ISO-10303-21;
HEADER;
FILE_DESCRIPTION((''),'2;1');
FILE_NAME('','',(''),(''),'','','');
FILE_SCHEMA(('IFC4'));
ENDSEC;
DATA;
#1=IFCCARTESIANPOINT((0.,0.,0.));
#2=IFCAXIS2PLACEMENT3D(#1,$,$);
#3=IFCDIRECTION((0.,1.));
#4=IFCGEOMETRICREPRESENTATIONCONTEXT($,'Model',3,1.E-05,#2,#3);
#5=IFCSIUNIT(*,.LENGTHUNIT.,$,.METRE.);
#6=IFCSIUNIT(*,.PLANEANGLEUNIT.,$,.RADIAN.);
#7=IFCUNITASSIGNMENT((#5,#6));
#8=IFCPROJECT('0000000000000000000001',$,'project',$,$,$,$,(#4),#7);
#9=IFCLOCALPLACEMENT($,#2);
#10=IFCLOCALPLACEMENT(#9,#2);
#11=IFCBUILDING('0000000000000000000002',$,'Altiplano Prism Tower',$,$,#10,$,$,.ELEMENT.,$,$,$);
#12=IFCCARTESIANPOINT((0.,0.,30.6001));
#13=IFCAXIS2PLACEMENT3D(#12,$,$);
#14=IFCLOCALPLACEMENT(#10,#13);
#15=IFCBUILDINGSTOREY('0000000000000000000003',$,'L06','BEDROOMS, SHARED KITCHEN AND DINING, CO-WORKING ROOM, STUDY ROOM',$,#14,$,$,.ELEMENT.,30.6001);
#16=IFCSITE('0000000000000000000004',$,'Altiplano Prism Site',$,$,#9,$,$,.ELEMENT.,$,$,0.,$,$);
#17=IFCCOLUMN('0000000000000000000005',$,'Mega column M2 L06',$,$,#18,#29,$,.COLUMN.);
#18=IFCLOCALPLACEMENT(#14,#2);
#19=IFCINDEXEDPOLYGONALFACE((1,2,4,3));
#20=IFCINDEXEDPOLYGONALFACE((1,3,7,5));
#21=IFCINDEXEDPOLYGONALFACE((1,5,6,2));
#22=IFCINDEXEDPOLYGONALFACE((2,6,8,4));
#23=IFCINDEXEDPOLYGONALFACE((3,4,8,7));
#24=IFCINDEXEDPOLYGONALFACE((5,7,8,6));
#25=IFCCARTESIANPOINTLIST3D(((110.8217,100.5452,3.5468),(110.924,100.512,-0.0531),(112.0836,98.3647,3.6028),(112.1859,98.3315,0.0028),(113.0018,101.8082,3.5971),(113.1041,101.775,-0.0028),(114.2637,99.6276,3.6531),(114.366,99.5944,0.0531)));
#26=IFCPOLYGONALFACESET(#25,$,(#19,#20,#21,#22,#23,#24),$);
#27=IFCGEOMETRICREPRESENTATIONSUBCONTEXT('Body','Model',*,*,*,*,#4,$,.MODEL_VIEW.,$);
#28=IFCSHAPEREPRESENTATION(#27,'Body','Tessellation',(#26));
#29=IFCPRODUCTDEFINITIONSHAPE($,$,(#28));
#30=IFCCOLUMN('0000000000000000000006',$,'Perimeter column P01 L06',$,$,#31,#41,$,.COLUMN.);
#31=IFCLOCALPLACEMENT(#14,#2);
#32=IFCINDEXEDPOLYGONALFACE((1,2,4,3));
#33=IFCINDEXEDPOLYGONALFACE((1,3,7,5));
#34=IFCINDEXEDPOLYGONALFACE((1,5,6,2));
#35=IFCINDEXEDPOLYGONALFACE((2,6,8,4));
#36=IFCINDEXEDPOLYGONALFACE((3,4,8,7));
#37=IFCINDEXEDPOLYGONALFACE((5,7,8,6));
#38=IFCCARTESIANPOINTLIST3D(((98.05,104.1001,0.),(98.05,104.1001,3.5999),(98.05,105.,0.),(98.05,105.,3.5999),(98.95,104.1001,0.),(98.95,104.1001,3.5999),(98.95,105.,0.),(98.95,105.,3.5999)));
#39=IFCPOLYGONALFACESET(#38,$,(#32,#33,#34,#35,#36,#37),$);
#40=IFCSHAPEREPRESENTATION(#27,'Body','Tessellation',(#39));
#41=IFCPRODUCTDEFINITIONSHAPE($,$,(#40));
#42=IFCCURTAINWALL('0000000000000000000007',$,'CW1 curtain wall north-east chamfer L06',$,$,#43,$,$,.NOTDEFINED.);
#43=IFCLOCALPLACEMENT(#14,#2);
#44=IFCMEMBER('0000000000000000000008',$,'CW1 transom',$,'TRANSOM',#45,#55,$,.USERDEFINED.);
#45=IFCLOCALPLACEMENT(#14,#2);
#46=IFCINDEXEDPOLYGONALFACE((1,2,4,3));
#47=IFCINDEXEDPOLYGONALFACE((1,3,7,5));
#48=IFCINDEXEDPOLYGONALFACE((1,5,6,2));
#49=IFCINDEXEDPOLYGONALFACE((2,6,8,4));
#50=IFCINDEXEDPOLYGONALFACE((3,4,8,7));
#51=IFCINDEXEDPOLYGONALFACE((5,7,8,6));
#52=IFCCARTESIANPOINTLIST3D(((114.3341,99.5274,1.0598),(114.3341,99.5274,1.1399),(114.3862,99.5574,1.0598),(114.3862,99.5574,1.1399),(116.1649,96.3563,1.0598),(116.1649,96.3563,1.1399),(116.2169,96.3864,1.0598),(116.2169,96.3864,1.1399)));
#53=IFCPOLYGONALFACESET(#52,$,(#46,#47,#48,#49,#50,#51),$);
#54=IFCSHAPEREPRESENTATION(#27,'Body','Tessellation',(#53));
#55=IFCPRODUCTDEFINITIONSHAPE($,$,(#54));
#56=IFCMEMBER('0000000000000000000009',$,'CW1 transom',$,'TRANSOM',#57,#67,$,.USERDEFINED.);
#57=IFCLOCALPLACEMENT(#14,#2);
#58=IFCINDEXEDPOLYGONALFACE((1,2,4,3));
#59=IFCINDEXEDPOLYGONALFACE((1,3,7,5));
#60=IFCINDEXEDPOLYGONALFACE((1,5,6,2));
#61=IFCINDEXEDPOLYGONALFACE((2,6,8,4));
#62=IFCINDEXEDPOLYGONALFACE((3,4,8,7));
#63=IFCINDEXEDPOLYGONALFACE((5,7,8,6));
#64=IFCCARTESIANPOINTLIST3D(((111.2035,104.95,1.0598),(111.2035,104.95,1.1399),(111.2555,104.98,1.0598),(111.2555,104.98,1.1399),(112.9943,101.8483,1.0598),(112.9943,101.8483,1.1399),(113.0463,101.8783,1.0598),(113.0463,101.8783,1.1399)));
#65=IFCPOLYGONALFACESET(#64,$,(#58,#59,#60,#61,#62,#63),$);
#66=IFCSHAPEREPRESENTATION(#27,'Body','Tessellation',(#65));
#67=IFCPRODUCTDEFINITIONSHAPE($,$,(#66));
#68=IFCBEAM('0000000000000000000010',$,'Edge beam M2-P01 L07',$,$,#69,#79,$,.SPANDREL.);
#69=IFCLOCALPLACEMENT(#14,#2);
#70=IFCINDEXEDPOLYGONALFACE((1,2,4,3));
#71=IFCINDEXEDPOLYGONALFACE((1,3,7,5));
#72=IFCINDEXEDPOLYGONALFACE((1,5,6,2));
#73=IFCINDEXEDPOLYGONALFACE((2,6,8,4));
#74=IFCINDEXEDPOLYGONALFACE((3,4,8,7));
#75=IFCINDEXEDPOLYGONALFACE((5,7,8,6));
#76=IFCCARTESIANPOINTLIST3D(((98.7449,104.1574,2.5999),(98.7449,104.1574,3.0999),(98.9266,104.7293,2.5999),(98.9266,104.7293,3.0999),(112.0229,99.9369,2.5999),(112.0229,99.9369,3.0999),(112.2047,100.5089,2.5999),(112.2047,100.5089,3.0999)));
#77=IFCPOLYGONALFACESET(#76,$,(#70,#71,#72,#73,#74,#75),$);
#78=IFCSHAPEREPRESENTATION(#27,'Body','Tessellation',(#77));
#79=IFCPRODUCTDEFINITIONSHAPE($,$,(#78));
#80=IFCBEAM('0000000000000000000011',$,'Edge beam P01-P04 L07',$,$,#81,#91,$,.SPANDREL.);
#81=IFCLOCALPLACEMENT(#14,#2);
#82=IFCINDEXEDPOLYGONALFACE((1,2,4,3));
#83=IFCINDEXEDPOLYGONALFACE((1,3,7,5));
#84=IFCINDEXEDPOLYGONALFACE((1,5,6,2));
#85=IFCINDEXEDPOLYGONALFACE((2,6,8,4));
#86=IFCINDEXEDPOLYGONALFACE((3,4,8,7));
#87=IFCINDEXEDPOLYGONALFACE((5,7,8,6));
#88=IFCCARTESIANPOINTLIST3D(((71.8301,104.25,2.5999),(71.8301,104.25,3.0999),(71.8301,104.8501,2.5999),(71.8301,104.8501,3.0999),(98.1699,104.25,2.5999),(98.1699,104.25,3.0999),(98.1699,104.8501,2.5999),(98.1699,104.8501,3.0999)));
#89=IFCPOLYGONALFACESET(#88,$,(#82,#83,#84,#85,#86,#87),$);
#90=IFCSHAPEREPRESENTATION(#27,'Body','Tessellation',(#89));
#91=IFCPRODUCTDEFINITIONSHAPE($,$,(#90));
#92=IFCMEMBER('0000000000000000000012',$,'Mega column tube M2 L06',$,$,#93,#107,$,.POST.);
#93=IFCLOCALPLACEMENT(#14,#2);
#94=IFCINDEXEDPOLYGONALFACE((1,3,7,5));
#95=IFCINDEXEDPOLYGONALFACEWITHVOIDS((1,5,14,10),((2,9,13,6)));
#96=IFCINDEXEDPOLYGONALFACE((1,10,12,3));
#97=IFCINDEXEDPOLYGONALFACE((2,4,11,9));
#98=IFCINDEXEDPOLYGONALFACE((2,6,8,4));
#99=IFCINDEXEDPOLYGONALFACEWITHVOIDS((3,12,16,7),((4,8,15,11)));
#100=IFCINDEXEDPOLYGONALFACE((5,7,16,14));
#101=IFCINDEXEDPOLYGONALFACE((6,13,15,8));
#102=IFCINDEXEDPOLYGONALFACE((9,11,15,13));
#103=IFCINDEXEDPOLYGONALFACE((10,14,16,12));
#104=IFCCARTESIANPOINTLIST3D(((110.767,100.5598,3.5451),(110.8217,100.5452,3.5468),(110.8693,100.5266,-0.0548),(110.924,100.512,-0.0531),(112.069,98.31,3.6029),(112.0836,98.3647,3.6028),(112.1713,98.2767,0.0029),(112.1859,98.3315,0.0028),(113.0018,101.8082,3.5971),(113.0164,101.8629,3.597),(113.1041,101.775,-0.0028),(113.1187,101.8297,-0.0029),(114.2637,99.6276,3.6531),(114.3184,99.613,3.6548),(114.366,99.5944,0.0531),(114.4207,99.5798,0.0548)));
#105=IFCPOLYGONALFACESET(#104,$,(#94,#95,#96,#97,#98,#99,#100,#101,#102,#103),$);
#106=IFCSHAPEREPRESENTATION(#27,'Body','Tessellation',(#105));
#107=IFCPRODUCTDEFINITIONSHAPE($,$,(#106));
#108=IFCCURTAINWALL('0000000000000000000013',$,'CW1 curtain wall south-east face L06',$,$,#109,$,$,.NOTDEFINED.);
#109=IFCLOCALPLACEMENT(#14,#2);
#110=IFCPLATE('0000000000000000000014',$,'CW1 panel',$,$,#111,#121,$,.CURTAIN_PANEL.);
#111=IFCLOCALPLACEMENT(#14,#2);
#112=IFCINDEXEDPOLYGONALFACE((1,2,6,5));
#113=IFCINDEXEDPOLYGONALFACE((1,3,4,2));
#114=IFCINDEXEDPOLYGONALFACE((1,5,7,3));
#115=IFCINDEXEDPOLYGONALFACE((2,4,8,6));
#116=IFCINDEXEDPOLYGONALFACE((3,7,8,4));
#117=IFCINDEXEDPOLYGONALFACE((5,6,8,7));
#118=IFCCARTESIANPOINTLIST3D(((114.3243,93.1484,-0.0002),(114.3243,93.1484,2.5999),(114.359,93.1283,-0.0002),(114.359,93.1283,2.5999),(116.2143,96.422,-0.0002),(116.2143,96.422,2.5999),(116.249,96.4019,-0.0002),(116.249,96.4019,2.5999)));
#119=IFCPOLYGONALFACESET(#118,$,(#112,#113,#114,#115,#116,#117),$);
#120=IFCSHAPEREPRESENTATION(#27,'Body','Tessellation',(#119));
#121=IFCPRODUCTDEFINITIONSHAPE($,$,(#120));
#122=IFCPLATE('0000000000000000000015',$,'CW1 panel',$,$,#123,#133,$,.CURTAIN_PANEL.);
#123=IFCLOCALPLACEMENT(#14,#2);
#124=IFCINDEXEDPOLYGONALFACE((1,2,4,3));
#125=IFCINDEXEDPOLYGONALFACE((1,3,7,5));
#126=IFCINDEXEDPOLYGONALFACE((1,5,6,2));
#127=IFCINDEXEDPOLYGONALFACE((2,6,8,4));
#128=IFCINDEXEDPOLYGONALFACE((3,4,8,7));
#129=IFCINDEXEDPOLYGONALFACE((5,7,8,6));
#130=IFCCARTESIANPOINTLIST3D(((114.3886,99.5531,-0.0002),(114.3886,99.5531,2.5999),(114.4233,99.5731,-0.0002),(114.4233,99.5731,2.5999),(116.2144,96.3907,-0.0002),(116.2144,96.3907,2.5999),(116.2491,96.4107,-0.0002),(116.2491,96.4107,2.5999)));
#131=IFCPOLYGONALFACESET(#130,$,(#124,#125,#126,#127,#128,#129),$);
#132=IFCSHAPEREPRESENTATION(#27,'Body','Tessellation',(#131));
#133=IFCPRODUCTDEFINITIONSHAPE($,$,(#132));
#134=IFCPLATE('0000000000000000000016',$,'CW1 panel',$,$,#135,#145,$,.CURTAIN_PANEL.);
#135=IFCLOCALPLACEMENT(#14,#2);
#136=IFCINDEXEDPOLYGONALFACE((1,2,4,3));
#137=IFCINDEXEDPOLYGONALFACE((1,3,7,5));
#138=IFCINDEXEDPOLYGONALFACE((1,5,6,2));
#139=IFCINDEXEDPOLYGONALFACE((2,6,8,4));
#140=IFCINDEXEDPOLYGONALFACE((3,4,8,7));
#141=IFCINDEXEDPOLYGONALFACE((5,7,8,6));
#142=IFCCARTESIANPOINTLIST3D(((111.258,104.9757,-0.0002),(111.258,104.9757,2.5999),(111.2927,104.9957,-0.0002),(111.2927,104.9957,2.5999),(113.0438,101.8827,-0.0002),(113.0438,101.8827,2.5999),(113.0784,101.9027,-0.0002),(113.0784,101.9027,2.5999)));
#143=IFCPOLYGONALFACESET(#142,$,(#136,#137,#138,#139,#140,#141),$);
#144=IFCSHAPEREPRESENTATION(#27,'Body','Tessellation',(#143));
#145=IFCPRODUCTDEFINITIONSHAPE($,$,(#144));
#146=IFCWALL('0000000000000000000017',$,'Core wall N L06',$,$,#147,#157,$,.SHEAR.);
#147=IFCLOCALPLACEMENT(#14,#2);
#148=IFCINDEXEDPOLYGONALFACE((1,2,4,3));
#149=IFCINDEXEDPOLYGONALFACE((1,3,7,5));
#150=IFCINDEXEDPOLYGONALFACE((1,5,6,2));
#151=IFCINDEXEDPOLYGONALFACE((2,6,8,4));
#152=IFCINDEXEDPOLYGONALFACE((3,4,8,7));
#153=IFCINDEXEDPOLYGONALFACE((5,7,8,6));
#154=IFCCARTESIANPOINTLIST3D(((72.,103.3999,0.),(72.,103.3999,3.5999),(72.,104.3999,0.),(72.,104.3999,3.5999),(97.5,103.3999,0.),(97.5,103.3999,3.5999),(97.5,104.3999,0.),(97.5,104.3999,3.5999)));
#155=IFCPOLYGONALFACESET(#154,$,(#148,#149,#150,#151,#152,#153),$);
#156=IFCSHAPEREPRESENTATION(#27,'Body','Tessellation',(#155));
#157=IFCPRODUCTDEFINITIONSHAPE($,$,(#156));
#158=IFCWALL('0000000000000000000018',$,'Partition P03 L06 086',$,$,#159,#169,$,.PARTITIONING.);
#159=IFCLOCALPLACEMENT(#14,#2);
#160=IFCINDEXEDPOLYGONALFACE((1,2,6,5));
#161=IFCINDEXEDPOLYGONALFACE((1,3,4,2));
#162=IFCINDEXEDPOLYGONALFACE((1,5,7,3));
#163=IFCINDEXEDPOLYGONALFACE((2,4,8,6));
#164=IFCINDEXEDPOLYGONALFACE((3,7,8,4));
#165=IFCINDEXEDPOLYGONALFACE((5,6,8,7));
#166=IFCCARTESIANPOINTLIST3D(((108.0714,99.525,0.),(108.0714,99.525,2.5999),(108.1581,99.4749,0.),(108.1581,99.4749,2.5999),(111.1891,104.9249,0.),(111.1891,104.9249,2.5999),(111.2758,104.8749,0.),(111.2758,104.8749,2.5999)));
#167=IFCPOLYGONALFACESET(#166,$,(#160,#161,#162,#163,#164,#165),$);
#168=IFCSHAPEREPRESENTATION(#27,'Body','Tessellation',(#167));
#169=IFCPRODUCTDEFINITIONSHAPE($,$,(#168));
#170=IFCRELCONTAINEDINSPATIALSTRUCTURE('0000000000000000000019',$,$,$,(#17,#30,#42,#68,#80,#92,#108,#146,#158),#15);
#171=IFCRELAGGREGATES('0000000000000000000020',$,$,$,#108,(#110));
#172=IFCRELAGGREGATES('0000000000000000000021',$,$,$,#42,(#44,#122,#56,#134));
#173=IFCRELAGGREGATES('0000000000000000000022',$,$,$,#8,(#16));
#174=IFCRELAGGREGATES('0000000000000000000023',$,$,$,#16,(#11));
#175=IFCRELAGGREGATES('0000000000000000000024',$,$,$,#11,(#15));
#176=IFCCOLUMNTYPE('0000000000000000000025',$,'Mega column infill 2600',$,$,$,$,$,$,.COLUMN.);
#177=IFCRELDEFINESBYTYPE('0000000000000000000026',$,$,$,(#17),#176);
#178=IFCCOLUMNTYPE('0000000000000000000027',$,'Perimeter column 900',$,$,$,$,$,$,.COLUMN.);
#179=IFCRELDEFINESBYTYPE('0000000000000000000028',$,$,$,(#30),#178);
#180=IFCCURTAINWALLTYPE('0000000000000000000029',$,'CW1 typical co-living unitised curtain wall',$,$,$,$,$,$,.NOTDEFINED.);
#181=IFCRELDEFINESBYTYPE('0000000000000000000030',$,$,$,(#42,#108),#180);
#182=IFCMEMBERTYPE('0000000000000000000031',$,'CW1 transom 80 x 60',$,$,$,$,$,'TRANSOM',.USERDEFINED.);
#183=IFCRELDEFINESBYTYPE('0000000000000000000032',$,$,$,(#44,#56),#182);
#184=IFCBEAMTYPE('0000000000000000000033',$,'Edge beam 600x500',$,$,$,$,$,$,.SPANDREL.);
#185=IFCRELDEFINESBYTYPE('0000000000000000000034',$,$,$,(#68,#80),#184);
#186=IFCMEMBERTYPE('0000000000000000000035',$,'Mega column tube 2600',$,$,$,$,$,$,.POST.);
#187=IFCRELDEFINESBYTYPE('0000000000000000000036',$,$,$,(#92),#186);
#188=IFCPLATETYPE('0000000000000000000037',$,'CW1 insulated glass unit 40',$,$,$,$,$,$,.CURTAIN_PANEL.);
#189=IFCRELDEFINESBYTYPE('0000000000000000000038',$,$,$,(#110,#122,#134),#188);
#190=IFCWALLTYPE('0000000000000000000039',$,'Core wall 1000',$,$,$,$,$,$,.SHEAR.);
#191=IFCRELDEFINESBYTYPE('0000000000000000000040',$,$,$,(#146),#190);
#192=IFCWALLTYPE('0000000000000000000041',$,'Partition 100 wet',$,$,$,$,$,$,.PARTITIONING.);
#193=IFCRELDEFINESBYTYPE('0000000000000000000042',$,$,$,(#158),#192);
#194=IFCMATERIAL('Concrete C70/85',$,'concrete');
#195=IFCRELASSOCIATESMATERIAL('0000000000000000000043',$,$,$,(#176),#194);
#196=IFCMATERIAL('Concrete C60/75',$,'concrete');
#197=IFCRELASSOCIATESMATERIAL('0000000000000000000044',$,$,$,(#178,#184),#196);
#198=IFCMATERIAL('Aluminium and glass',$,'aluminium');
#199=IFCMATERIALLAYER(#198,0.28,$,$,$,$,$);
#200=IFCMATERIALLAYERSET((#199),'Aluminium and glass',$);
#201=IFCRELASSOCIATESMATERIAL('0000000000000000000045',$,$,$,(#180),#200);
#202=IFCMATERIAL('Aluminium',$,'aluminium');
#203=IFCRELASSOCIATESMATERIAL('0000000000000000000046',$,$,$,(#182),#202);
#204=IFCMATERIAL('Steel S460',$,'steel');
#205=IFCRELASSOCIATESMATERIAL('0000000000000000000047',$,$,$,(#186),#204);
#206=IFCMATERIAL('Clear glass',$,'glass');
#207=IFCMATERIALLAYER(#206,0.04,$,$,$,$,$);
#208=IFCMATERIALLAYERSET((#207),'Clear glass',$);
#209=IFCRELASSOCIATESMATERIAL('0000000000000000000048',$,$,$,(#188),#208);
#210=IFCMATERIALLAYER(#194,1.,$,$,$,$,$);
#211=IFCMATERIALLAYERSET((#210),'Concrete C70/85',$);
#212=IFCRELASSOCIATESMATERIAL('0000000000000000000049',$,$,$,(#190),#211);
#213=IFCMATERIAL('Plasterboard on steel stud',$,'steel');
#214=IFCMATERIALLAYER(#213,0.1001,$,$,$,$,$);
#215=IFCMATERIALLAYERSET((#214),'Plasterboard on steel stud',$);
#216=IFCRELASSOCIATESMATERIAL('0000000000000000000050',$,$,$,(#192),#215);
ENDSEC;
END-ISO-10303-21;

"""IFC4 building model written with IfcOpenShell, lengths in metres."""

from ifc_helpers import new_model, si_unit, direction, frame, frame_2d, origin, origin_2d, place, context, subcontext, project, spatial, rectangle, hollow_rectangle, extrude, material, layer, layer_set, material_profile, profile_set, type_object, element, aggregate, save


model = new_model("IFC4")

# Units and contexts
model_context = context("Model", 3, precision=1e-05, world=origin(), true_north=direction((0.0, 1.0)))
body_context = subcontext(model_context, "Body", "Model", "MODEL_VIEW")
ifc_project = project(units=[si_unit("LENGTHUNIT", "METRE"), si_unit("PLANEANGLEUNIT", "RADIAN")], contexts=[model_context])

# Site, building, storey
site_placement = place(None, origin())
site = spatial("IfcSite", under=ifc_project, at=site_placement, Name="Altiplano Prism Site", CompositionType="ELEMENT", RefElevation=0.0)
building_placement = place(site_placement, origin())
building = spatial("IfcBuilding", under=site, at=building_placement, Name="Altiplano Prism Tower", CompositionType="ELEMENT")
storey_placement = place(building_placement, frame((0.0, 0.0, 30.6001)))
storey = spatial("IfcBuildingStorey", under=building, at=storey_placement, Name="L06", Description="BEDROOMS, SHARED KITCHEN AND DINING, CO-WORKING ROOM, STUDY ROOM", CompositionType="ELEMENT", Elevation=30.6001)

# Columns
ifc_material_1 = material(Name="Concrete C70/85", Category="concrete")
ifc_material_profile_1 = material_profile(ifc_material_1, rectangle(XDim=2.52, YDim=2.52, at=origin_2d()), Name="Mega column infill 2600")
ifc_profile_set_1 = profile_set([ifc_material_profile_1], Name="Concrete C70/85")
column_type_1 = type_object("IfcColumnType", Name="Mega column infill 2600", PredefinedType="COLUMN", material=ifc_profile_set_1)
column_1_placement = place(storey_placement, frame((112.645, 100.0532, 0.0), z_axis=(-0.028404, 0.009219, 0.999554), x_axis=(0.50076, -0.865301, 0.022211)))
element("IfcColumn", 1, at=column_1_placement, inside=storey, type_object=column_type_1, Name="Mega column M2 L06", PredefinedType="COLUMN", context=body_context, shape_type="SweptSolid", body=[
    extrude(rectangle(XDim=2.52, YDim=2.52, at=origin_2d()), origin(), (0.0, 0.0, 1.0), 3.6016),
])
ifc_material_2 = material(Name="Concrete C60/75", Category="concrete")
ifc_material_profile_2 = material_profile(ifc_material_2, rectangle(XDim=0.8999, YDim=0.8999, at=origin_2d()), Name="Perimeter column 900")
ifc_profile_set_2 = profile_set([ifc_material_profile_2], Name="Concrete C60/75")
column_type_2 = type_object("IfcColumnType", Name="Perimeter column 900", PredefinedType="COLUMN", material=ifc_profile_set_2)
column_2_placement = place(storey_placement, frame((98.5, 104.55, 0.0), z_axis=(0.0, 0.0, 1.0), x_axis=(1.0, 0.0, 0.0)))
element("IfcColumn", 2, at=column_2_placement, inside=storey, type_object=column_type_2, Name="Perimeter column P01 L06", PredefinedType="COLUMN", context=body_context, shape_type="SweptSolid", body=[
    extrude(rectangle(XDim=0.8999, YDim=0.8999, at=origin_2d()), origin(), (0.0, 0.0, 1.0), 3.5999),
])

# Curtain wall, members
ifc_material_3 = material(Name="Aluminium and glass", Category="aluminium")
ifc_layer_1 = layer(ifc_material_3, 0.28)
ifc_layer_set_1 = layer_set([ifc_layer_1], Name="Aluminium and glass")
curtain_wall_type = type_object("IfcCurtainWallType", Name="CW1 typical co-living unitised curtain wall", PredefinedType="NOTDEFINED", material=ifc_layer_set_1)
curtain_wall_1_placement = place(storey_placement, origin())
curtain_wall_1 = element("IfcCurtainWall", 3, at=curtain_wall_1_placement, inside=storey, type_object=curtain_wall_type, Name="CW1 curtain wall north-east chamfer L06", PredefinedType="NOTDEFINED")
ifc_material_4 = material(Name="Aluminium", Category="aluminium")
ifc_material_profile_3 = material_profile(ifc_material_4, rectangle(XDim=0.0601, YDim=0.0801, at=origin_2d()), Name="CW1 transom 80 x 60")
ifc_profile_set_3 = profile_set([ifc_material_profile_3], Name="Aluminium")
member_type_1 = type_object("IfcMemberType", Name="CW1 transom 80 x 60", ElementType="TRANSOM", PredefinedType="USERDEFINED", material=ifc_profile_set_3)
member_1_placement = place(storey_placement, frame((116.1909, 96.3713, 1.0999), z_axis=(-0.49999, 0.866031, 0.0), x_axis=(-0.866031, -0.49999, 0.0)))
member_1 = element("IfcMember", 4, at=member_1_placement, type_object=member_type_1, Name="CW1 transom", ObjectType="TRANSOM", PredefinedType="USERDEFINED", context=body_context, shape_type="SweptSolid", body=[
    extrude(rectangle(XDim=0.0601, YDim=0.0801, at=origin_2d()), origin(), (0.0, 0.0, 1.0), 3.6616),
])
member_2_placement = place(storey_placement, frame((113.0203, 101.8633, 1.0999), z_axis=(-0.499988, 0.866032, 0.0), x_axis=(-0.866032, -0.499988, 0.0)))
member_2 = element("IfcMember", 5, at=member_2_placement, type_object=member_type_1, Name="CW1 transom", ObjectType="TRANSOM", PredefinedType="USERDEFINED", context=body_context, shape_type="SweptSolid", body=[
    extrude(rectangle(XDim=0.0601, YDim=0.0801, at=origin_2d()), origin(), (0.0, 0.0, 1.0), 3.5815),
])

# Beams
ifc_material_profile_4 = material_profile(ifc_material_2, rectangle(XDim=0.6001, YDim=0.5, at=origin_2d()), Name="Edge beam 600x500")
ifc_profile_set_4 = profile_set([ifc_material_profile_4], Name="Concrete C60/75")
beam_type = type_object("IfcBeamType", Name="Edge beam 600x500", PredefinedType="SPANDREL", material=ifc_profile_set_4)
beam_1_placement = place(storey_placement, frame((112.1138, 100.2229, 2.8499), z_axis=(-0.953017, 0.302918, 0.0), x_axis=(-0.302918, -0.953017, 0.0)))
element("IfcBeam", 6, at=beam_1_placement, inside=storey, type_object=beam_type, Name="Edge beam M2-P01 L07", PredefinedType="SPANDREL", context=body_context, shape_type="SweptSolid", body=[
    extrude(rectangle(XDim=0.6001, YDim=0.5, at=origin_2d()), origin(), (0.0, 0.0, 1.0), 13.9326),
])
beam_2_placement = place(storey_placement, frame((98.1699, 104.55, 2.8499), z_axis=(-1.0, 0.0, 0.0), x_axis=(0.0, -1.0, 0.0)))
element("IfcBeam", 7, at=beam_2_placement, inside=storey, type_object=beam_type, Name="Edge beam P01-P04 L07", PredefinedType="SPANDREL", context=body_context, shape_type="SweptSolid", body=[
    extrude(rectangle(XDim=0.6001, YDim=0.5, at=origin_2d()), origin(), (0.0, 0.0, 1.0), 26.3398),
])

# Member
ifc_material_5 = material(Name="Steel S460", Category="steel")
ifc_material_profile_5 = material_profile(ifc_material_5, hollow_rectangle(XDim=2.6001, YDim=2.6001, WallThickness=0.04, at=origin_2d()), Name="Mega column tube 2600")
ifc_profile_set_5 = profile_set([ifc_material_profile_5], Name="Steel S460")
member_type_2 = type_object("IfcMemberType", Name="Mega column tube 2600", PredefinedType="POST", material=ifc_profile_set_5)
member_3_placement = place(storey_placement, frame((112.645, 100.0532, 0.0), z_axis=(-0.028404, 0.009219, 0.999554), x_axis=(0.50076, -0.865301, 0.022211)))
element("IfcMember", 8, at=member_3_placement, inside=storey, type_object=member_type_2, Name="Mega column tube M2 L06", PredefinedType="POST", context=body_context, shape_type="SweptSolid", body=[
    extrude(hollow_rectangle(XDim=2.6001, YDim=2.6001, WallThickness=0.04, at=origin_2d()), origin(), (0.0, 0.0, 1.0), 3.6016),
])

# Curtain wall, plate
curtain_wall_2_placement = place(storey_placement, origin())
curtain_wall_2 = element("IfcCurtainWall", 9, at=curtain_wall_2_placement, inside=storey, type_object=curtain_wall_type, Name="CW1 curtain wall south-east face L06", PredefinedType="NOTDEFINED")
ifc_material_6 = material(Name="Clear glass", Category="glass")
ifc_layer_2 = layer(ifc_material_6, 0.04)
ifc_layer_set_2 = layer_set([ifc_layer_2], Name="Clear glass")
plate_type = type_object("IfcPlateType", Name="CW1 insulated glass unit 40", PredefinedType="CURTAIN_PANEL", material=ifc_layer_set_2)
plate_1_placement = place(storey_placement, frame((115.2866, 94.7751, -0.0002), z_axis=(0.0, 0.0, 1.0), x_axis=(0.5, 0.866025, 0.0)))
plate_1 = element("IfcPlate", 10, at=plate_1_placement, type_object=plate_type, Name="CW1 panel", PredefinedType="CURTAIN_PANEL", context=body_context, shape_type="SweptSolid", body=[
    extrude(rectangle(XDim=3.78, YDim=0.04, at=origin_2d()), origin(), (0.0, 0.0, 1.0), 2.6001),
])
aggregate(curtain_wall_2, [plate_1])

# Plates
plate_2_placement = place(storey_placement, frame((115.3188, 97.9819, -0.0002), z_axis=(0.0, 0.0, 1.0), x_axis=(-0.5, 0.866025, 0.0)))
plate_2 = element("IfcPlate", 11, at=plate_2_placement, type_object=plate_type, Name="CW1 panel", PredefinedType="CURTAIN_PANEL", context=body_context, shape_type="SweptSolid", body=[
    extrude(rectangle(XDim=3.6516, YDim=0.04, at=origin_2d()), origin(), (0.0, 0.0, 1.0), 2.6001),
])
plate_3_placement = place(storey_placement, frame((112.1682, 103.4392, -0.0002), z_axis=(0.0, 0.0, 1.0), x_axis=(-0.5, 0.866025, 0.0)))
plate_3 = element("IfcPlate", 12, at=plate_3_placement, type_object=plate_type, Name="CW1 panel", PredefinedType="CURTAIN_PANEL", context=body_context, shape_type="SweptSolid", body=[
    extrude(rectangle(XDim=3.5715, YDim=0.04, at=origin_2d()), origin(), (0.0, 0.0, 1.0), 2.6001),
])
aggregate(curtain_wall_1, [member_1, plate_2, member_2, plate_3])

# Walls
ifc_layer_3 = layer(ifc_material_1, 1.0)
ifc_layer_set_3 = layer_set([ifc_layer_3], Name="Concrete C70/85")
wall_type_1 = type_object("IfcWallType", Name="Core wall 1000", PredefinedType="SHEAR", material=ifc_layer_set_3)
wall_1_placement = place(storey_placement, frame((97.5, 103.8999, 0.0), z_axis=(0.0, 0.0, 1.0), x_axis=(-1.0, 0.0, 0.0)))
element("IfcWall", 13, at=wall_1_placement, inside=storey, type_object=wall_type_1, Name="Core wall N L06", PredefinedType="SHEAR", context=body_context, shape_type="SweptSolid", body=[
    extrude(rectangle(XDim=25.5, YDim=1.0, at=frame_2d((12.75, 0.0))), origin(), (0.0, 0.0, 1.0), 3.5999),
])
ifc_material_7 = material(Name="Plasterboard on steel stud", Category="steel")
ifc_layer_4 = layer(ifc_material_7, 0.1001)
ifc_layer_set_4 = layer_set([ifc_layer_4], Name="Plasterboard on steel stud")
wall_type_2 = type_object("IfcWallType", Name="Partition 100 wet", PredefinedType="PARTITIONING", material=ifc_layer_set_4)
wall_2_placement = place(storey_placement, frame((111.2324, 104.8999, 0.0), z_axis=(0.0, 0.0, 1.0), x_axis=(-0.500005, -0.866023, 0.0)))
element("IfcWall", 14, at=wall_2_placement, inside=storey, type_object=wall_type_2, Name="Partition P03 L06 086", PredefinedType="PARTITIONING", context=body_context, shape_type="SweptSolid", body=[
    extrude(rectangle(XDim=6.2354, YDim=0.1001, at=frame_2d((3.1177, 0.0))), origin(), (0.0, 0.0, 1.0), 2.5999),
])

save(model, "model.ifc")
